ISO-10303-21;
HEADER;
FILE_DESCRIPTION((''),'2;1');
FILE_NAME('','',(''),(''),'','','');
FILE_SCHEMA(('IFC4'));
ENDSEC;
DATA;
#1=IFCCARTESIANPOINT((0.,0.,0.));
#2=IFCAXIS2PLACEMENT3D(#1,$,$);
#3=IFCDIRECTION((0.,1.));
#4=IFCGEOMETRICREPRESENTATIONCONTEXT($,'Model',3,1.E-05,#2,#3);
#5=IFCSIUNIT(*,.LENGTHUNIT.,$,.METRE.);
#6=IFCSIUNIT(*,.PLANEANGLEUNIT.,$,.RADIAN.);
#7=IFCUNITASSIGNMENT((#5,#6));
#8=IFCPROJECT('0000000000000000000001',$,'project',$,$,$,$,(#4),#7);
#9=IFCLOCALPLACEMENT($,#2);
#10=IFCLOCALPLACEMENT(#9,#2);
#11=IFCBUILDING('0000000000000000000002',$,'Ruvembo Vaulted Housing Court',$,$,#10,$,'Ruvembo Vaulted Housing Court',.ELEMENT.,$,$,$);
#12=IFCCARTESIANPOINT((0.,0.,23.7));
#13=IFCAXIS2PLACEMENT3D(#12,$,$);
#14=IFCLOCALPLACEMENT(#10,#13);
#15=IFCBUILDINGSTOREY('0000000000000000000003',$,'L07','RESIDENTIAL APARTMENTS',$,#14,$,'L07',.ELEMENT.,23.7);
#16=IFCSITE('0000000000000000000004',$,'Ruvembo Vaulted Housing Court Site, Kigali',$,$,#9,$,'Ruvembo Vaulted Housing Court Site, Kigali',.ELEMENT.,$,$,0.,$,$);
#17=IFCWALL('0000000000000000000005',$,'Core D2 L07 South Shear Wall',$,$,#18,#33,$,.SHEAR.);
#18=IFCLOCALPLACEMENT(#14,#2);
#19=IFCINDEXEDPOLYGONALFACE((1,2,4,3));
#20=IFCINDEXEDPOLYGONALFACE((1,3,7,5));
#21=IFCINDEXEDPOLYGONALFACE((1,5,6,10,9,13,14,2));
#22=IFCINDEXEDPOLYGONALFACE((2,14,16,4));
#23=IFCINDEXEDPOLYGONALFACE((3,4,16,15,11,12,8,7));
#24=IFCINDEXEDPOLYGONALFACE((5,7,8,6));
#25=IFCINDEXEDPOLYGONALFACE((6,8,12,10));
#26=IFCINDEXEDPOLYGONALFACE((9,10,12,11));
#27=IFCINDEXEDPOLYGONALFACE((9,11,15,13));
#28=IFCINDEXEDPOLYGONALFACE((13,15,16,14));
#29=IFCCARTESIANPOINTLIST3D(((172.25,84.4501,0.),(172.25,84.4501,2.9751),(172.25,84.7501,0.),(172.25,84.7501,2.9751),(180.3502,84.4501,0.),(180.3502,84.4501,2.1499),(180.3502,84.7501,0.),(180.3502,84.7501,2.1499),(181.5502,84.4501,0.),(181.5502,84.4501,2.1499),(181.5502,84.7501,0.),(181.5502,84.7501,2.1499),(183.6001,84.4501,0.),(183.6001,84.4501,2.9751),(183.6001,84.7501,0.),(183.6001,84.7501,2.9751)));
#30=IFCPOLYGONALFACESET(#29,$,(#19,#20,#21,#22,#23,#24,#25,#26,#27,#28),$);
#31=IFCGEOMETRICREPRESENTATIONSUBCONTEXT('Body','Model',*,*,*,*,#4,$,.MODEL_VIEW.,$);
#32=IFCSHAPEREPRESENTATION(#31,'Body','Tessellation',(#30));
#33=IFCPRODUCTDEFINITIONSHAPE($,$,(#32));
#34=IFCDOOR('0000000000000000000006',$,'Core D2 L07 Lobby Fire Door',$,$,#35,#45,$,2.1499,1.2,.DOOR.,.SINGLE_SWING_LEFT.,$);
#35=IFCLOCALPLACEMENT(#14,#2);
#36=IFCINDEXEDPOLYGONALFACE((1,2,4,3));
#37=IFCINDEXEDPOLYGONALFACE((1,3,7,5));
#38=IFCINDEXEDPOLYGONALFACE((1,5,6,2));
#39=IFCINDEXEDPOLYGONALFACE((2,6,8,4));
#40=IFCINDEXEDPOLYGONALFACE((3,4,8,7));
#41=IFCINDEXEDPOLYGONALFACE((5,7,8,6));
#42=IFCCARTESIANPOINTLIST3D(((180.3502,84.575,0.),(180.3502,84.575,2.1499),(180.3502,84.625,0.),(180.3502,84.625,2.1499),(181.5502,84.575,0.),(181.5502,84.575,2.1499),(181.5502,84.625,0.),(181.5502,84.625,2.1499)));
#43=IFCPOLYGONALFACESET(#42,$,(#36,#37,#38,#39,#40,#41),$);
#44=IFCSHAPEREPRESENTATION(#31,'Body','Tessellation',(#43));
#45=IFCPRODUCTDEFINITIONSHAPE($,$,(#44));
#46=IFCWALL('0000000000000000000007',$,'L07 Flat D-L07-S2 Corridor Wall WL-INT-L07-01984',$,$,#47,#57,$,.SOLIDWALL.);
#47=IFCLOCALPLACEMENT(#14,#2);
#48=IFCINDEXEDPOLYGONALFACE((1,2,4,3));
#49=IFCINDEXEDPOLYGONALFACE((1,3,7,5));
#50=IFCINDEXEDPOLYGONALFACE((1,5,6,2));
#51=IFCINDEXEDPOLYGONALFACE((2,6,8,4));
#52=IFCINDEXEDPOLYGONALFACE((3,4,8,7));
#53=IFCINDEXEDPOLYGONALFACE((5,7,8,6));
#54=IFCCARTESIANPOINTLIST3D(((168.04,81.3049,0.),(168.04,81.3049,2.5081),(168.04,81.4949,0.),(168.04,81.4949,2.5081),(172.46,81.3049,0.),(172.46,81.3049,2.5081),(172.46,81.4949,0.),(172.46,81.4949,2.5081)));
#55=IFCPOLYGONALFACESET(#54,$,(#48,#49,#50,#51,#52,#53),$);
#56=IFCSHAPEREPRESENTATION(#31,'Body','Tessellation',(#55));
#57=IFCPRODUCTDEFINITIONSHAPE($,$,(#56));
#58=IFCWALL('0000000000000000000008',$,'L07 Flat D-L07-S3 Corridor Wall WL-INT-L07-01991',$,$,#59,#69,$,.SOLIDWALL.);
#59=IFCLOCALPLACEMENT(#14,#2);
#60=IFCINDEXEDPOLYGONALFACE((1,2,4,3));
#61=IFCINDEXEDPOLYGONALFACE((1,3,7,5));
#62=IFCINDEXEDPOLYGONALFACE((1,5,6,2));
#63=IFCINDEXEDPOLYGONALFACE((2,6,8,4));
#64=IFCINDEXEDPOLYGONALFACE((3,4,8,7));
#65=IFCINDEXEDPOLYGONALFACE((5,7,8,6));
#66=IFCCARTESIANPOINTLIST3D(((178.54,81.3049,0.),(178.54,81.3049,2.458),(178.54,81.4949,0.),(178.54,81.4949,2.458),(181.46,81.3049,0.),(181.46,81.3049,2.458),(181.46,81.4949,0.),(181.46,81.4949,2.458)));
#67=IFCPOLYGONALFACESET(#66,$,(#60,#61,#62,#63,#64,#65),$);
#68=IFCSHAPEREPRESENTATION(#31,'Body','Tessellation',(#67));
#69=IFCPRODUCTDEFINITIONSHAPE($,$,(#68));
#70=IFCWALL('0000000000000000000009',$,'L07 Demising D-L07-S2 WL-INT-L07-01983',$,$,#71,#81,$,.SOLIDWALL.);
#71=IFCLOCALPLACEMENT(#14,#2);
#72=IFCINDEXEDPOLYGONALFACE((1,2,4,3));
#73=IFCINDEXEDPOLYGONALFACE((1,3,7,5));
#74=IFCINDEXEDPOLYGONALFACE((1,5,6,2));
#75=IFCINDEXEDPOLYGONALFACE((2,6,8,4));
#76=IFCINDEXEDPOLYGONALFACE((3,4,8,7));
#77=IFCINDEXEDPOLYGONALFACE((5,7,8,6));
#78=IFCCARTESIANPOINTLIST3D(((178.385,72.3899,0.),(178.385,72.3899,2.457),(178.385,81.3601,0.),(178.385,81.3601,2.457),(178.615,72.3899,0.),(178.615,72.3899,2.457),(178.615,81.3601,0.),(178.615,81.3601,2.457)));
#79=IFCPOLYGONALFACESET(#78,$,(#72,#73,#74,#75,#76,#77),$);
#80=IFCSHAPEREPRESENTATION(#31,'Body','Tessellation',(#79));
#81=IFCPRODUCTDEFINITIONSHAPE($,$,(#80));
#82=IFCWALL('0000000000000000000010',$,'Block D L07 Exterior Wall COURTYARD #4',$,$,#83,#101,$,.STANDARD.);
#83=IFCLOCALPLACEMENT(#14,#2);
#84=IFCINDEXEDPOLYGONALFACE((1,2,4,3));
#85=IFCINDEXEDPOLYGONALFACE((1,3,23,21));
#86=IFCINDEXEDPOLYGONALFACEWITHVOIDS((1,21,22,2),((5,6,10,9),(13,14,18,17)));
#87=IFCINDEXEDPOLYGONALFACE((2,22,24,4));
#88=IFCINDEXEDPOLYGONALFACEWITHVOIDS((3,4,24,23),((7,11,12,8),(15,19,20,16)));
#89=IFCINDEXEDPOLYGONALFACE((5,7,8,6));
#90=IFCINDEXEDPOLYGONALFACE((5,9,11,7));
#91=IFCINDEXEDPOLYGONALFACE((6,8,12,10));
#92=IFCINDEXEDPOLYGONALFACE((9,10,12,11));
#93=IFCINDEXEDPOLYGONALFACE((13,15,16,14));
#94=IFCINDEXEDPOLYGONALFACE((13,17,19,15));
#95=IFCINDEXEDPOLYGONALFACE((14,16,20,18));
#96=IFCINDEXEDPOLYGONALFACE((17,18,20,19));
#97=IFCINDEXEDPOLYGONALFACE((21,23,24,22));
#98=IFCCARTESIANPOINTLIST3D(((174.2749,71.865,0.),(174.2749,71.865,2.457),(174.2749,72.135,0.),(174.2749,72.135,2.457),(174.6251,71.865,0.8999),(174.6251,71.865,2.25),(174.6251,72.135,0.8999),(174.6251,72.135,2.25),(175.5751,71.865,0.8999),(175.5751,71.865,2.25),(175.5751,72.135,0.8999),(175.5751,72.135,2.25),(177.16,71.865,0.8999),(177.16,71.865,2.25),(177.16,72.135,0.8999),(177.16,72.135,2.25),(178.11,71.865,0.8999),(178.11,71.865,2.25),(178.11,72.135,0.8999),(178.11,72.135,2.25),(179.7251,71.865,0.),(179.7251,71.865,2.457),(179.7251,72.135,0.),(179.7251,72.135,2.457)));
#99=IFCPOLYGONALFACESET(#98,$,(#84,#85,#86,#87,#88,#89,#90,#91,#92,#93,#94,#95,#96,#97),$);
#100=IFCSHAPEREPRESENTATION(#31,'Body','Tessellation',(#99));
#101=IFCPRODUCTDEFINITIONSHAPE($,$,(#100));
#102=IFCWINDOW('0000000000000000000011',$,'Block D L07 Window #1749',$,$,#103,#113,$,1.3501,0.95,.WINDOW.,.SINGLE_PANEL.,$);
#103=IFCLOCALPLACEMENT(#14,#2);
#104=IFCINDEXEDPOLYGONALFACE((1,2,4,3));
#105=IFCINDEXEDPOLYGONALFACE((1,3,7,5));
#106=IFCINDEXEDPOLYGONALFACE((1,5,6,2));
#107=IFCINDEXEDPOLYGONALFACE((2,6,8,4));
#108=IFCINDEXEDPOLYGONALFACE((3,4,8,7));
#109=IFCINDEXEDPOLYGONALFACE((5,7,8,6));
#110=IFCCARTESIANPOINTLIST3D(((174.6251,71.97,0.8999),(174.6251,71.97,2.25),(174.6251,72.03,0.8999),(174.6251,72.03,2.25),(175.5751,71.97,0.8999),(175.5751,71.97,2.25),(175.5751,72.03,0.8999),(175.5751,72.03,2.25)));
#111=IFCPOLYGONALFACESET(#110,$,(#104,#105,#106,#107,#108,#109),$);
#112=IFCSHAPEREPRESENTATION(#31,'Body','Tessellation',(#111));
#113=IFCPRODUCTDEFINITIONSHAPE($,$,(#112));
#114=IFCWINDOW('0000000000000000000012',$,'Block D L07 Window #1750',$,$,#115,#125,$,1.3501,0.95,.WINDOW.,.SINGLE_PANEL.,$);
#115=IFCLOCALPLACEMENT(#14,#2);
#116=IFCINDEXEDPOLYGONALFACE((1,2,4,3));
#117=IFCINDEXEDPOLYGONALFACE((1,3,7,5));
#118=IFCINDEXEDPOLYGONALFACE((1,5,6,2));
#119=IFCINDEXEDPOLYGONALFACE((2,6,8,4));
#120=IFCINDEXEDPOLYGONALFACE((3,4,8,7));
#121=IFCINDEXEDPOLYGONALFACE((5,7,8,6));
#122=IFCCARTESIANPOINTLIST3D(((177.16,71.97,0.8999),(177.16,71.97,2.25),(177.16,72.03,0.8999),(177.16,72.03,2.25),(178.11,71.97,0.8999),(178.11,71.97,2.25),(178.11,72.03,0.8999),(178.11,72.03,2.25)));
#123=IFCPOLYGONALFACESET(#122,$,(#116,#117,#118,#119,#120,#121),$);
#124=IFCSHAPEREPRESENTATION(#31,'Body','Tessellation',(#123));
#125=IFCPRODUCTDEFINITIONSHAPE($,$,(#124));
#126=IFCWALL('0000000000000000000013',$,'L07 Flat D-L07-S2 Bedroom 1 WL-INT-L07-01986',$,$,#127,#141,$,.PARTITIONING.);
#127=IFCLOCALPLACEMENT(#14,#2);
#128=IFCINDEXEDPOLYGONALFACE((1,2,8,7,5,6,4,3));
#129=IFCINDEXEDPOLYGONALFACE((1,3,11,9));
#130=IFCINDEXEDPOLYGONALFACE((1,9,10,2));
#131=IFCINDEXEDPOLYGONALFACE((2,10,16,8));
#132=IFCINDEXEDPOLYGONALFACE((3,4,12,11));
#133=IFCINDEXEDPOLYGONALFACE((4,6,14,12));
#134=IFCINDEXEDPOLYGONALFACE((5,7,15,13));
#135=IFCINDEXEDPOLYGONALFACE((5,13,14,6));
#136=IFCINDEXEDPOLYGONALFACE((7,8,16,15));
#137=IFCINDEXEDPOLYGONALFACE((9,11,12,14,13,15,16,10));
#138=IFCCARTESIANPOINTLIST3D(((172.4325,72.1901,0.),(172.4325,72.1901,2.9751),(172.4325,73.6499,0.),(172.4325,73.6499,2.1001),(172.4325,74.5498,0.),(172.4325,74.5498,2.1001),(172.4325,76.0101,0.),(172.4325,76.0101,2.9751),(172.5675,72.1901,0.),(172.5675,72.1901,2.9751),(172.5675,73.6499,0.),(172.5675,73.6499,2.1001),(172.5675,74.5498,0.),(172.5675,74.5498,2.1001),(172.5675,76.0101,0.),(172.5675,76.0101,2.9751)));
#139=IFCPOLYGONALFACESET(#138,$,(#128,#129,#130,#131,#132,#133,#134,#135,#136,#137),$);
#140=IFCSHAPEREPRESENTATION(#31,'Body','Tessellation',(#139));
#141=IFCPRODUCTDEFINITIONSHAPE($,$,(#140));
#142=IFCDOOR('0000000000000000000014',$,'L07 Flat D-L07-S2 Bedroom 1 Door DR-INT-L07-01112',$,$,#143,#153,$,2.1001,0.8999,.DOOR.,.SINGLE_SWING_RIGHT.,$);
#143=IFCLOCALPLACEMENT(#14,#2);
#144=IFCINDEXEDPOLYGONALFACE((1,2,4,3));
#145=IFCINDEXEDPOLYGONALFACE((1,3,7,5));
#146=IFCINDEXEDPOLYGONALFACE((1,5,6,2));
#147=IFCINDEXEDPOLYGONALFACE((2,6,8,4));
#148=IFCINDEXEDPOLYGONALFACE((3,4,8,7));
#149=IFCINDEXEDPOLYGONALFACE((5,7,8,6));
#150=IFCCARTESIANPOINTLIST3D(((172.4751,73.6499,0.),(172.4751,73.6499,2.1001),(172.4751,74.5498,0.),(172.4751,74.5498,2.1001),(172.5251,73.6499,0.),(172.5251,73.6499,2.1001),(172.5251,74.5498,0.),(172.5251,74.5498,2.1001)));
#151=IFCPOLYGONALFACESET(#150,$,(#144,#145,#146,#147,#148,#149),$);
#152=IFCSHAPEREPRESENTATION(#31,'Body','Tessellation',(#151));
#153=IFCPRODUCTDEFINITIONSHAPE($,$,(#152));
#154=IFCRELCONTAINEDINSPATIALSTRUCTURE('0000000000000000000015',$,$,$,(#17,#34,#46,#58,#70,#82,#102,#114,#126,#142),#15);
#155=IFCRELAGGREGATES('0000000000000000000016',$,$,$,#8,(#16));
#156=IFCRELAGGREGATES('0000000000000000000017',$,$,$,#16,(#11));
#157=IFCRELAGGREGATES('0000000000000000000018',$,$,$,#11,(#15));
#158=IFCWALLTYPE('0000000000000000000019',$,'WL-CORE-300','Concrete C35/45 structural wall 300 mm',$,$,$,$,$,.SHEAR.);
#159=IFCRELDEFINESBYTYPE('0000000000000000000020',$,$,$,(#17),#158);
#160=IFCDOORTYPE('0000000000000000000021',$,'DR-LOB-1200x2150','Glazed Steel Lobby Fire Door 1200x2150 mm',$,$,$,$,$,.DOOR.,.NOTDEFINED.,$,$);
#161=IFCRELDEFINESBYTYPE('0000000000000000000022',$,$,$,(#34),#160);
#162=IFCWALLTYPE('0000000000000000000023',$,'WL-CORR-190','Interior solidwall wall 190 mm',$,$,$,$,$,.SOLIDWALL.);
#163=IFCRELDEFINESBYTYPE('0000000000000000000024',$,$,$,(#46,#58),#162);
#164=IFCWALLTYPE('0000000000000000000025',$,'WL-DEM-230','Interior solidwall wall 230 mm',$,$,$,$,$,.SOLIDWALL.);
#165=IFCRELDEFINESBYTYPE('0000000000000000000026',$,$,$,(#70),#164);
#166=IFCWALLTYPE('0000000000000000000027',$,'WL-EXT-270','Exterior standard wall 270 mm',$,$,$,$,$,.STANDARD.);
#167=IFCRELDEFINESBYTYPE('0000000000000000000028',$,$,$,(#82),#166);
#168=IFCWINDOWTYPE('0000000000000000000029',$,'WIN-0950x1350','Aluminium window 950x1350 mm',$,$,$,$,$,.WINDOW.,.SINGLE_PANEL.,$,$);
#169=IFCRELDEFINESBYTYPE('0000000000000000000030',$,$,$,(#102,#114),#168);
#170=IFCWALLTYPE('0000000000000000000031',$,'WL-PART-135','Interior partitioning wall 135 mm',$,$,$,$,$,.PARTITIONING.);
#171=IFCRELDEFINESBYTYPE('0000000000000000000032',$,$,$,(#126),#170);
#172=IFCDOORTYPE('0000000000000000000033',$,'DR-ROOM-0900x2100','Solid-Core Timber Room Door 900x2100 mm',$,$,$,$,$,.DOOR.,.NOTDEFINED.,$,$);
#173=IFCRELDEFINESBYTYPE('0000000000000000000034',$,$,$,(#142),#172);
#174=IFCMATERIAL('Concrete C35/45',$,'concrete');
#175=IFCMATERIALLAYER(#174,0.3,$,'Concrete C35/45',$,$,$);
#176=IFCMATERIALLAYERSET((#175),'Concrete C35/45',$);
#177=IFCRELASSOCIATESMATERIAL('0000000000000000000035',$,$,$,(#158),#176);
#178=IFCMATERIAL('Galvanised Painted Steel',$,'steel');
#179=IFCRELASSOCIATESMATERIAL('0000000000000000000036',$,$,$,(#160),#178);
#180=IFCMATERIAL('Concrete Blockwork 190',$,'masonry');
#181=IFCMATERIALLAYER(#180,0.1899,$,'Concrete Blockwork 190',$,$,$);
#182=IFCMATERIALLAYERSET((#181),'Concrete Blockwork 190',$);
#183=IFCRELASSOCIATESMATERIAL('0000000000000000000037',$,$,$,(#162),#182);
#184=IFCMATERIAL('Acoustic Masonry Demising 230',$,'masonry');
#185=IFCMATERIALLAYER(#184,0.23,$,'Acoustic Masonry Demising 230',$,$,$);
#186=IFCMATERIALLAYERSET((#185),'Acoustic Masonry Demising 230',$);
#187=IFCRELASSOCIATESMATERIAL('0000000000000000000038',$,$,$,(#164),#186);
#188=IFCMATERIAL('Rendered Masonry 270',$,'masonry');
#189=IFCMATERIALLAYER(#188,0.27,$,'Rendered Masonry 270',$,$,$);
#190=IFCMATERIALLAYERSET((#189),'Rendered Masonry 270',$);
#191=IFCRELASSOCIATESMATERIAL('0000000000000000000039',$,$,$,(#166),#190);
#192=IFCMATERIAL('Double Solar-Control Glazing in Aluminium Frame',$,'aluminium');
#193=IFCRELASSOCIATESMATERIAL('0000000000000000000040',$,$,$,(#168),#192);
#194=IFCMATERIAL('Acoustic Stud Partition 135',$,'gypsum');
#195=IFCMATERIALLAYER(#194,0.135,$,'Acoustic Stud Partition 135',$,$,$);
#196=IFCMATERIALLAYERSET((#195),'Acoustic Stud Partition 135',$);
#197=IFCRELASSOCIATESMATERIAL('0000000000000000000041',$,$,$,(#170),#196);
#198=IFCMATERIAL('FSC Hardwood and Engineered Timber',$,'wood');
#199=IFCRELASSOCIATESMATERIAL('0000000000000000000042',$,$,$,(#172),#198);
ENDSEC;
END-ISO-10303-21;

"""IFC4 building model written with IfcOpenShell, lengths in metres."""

from ifc_helpers import new_model, si_unit, direction, frame, frame_2d, origin, place, context, subcontext, project, spatial, rectangle, extrude, material, layer, layer_set, type_object, element, fill, save


model = new_model("IFC4")

# Units and contexts
model_context = context("Model", 3, precision=1e-05, world=origin(), true_north=direction((0.0, 1.0)))
body_context = subcontext(model_context, "Body", "Model", "MODEL_VIEW")
ifc_project = project(units=[si_unit("LENGTHUNIT", "METRE"), si_unit("PLANEANGLEUNIT", "RADIAN")], contexts=[model_context])

# Site, building, storey
site_placement = place(None, origin())
site = spatial("IfcSite", under=ifc_project, at=site_placement, Name="Ruvembo Vaulted Housing Court Site, Kigali", LongName="Ruvembo Vaulted Housing Court Site, Kigali", CompositionType="ELEMENT", RefElevation=0.0)
building_placement = place(site_placement, origin())
building = spatial("IfcBuilding", under=site, at=building_placement, Name="Ruvembo Vaulted Housing Court", LongName="Ruvembo Vaulted Housing Court", CompositionType="ELEMENT")
storey_placement = place(building_placement, frame((0.0, 0.0, 23.7)))
storey = spatial("IfcBuildingStorey", under=building, at=storey_placement, Name="L07", Description="RESIDENTIAL APARTMENTS", LongName="L07", CompositionType="ELEMENT", Elevation=23.7)

# Shared definitions
ifc_material_1 = material(Name="Concrete C35/45", Category="concrete")

# Shared definitions
ifc_layer_1 = layer(ifc_material_1, 0.3, Name="Concrete C35/45")
ifc_layer_set_1 = layer_set([ifc_layer_1], Name="Concrete C35/45")
wall_type_1 = type_object("IfcWallType", Name="WL-CORE-300", Description="Concrete C35/45 structural wall 300 mm", PredefinedType="SHEAR", material=ifc_layer_set_1)

# Wall, opening, door
wall_1_placement = place(storey_placement, frame((172.25, 84.6001, 0.0), z_axis=(0.0, 0.0, 1.0), x_axis=(1.0, 0.0, 0.0)))
wall_1 = element("IfcWall", 1, at=wall_1_placement, inside=storey, type_object=wall_type_1, Name="Core D2 L07 South Shear Wall", PredefinedType="SHEAR", context=body_context, shape_type="SweptSolid", body=[
    extrude(rectangle(XDim=11.3501, YDim=0.3, at=frame_2d((5.675, 0.0))), origin(), (0.0, 0.0, 1.0), 2.9751),
])
opening_1_placement = place(wall_1_placement, frame((8.1001, 0.0, 0.0)))
opening_1 = element("IfcOpeningElement", 2, at=opening_1_placement, cuts=wall_1, PredefinedType="OPENING", context=body_context, shape_type="SweptSolid", body=[
    extrude(rectangle(XDim=1.2, YDim=2.1499, at=frame_2d((0.6001, 1.075))), frame((0.0, 0.1599, 0.0), z_axis=(0.0, -1.0, 0.0), x_axis=(1.0, 0.0, 0.0)), (0.0, 0.0, 1.0), 0.3201),
])
ifc_material_2 = material(Name="Galvanised Painted Steel", Category="steel")
door_type_1 = type_object("IfcDoorType", Name="DR-LOB-1200x2150", Description="Glazed Steel Lobby Fire Door 1200x2150 mm", OperationType="NOTDEFINED", PredefinedType="DOOR", material=ifc_material_2)
door_1_placement = place(opening_1_placement, origin())
door_1 = element("IfcDoor", 3, at=door_1_placement, inside=storey, type_object=door_type_1, Name="Core D2 L07 Lobby Fire Door", OperationType="SINGLE_SWING_LEFT", OverallHeight=2.1499, OverallWidth=1.2, PredefinedType="DOOR", context=body_context, shape_type="SweptSolid", body=[
    extrude(rectangle(XDim=1.2, YDim=2.1499, at=frame_2d((0.6001, 1.075))), frame((0.0, 0.0249, 0.0), z_axis=(0.0, -1.0, 0.0), x_axis=(1.0, 0.0, 0.0)), (0.0, 0.0, 1.0), 0.05),
])
fill(opening_1, door_1)

# Wall
ifc_material_3 = material(Name="Concrete Blockwork 190", Category="masonry")
ifc_layer_2 = layer(ifc_material_3, 0.1899, Name="Concrete Blockwork 190")
ifc_layer_set_2 = layer_set([ifc_layer_2], Name="Concrete Blockwork 190")
wall_type_2 = type_object("IfcWallType", Name="WL-CORR-190", Description="Interior solidwall wall 190 mm", PredefinedType="SOLIDWALL", material=ifc_layer_set_2)
wall_2_placement = place(storey_placement, frame((168.04, 81.3999, 0.0), z_axis=(0.0, 0.0, 1.0), x_axis=(1.0, 0.0, 0.0)))
element("IfcWall", 4, at=wall_2_placement, inside=storey, type_object=wall_type_2, Name="L07 Flat D-L07-S2 Corridor Wall WL-INT-L07-01984", PredefinedType="SOLIDWALL", context=body_context, shape_type="SweptSolid", body=[
    extrude(rectangle(XDim=4.4199, YDim=0.1899, at=frame_2d((2.21, 0.0))), origin(), (0.0, 0.0, 1.0), 2.5081),
])

# Shared definitions
ifc_material_4 = material(Name="FSC Hardwood and Engineered Timber", Category="wood")

# Walls
wall_3_placement = place(storey_placement, frame((178.54, 81.3999, 0.0), z_axis=(0.0, 0.0, 1.0), x_axis=(1.0, 0.0, 0.0)))
element("IfcWall", 5, at=wall_3_placement, inside=storey, type_object=wall_type_2, Name="L07 Flat D-L07-S3 Corridor Wall WL-INT-L07-01991", PredefinedType="SOLIDWALL", context=body_context, shape_type="SweptSolid", body=[
    extrude(rectangle(XDim=2.9199, YDim=0.1899, at=frame_2d((1.46, 0.0))), origin(), (0.0, 0.0, 1.0), 2.458),
])
ifc_material_5 = material(Name="Acoustic Masonry Demising 230", Category="masonry")
ifc_layer_3 = layer(ifc_material_5, 0.23, Name="Acoustic Masonry Demising 230")
ifc_layer_set_3 = layer_set([ifc_layer_3], Name="Acoustic Masonry Demising 230")
wall_type_3 = type_object("IfcWallType", Name="WL-DEM-230", Description="Interior solidwall wall 230 mm", PredefinedType="SOLIDWALL", material=ifc_layer_set_3)
wall_4_placement = place(storey_placement, frame((178.5, 72.3899, 0.0), z_axis=(0.0, 0.0, 1.0), x_axis=(0.0, 1.0, 0.0)))
element("IfcWall", 6, at=wall_4_placement, inside=storey, type_object=wall_type_3, Name="L07 Demising D-L07-S2 WL-INT-L07-01983", PredefinedType="SOLIDWALL", context=body_context, shape_type="SweptSolid", body=[
    extrude(rectangle(XDim=8.9702, YDim=0.23, at=frame_2d((4.4851, 0.0))), origin(), (0.0, 0.0, 1.0), 2.457),
])

# Wall, openings, windows
ifc_material_6 = material(Name="Rendered Masonry 270", Category="masonry")
ifc_layer_4 = layer(ifc_material_6, 0.27, Name="Rendered Masonry 270")
ifc_layer_set_4 = layer_set([ifc_layer_4], Name="Rendered Masonry 270")
wall_type_4 = type_object("IfcWallType", Name="WL-EXT-270", Description="Exterior standard wall 270 mm", PredefinedType="STANDARD", material=ifc_layer_set_4)
wall_5_placement = place(storey_placement, frame((174.2749, 72.0, 0.0), z_axis=(0.0, 0.0, 1.0), x_axis=(1.0, 0.0, 0.0)))
wall_5 = element("IfcWall", 7, at=wall_5_placement, inside=storey, type_object=wall_type_4, Name="Block D L07 Exterior Wall COURTYARD #4", PredefinedType="STANDARD", context=body_context, shape_type="SweptSolid", body=[
    extrude(rectangle(XDim=5.4502, YDim=0.27, at=frame_2d((2.7251, 0.0))), origin(), (0.0, 0.0, 1.0), 2.457),
])
opening_2_placement = place(wall_5_placement, frame((0.3501, 0.0, 0.8999)))
opening_2 = element("IfcOpeningElement", 8, at=opening_2_placement, cuts=wall_5, PredefinedType="OPENING", context=body_context, shape_type="SweptSolid", body=[
    extrude(rectangle(XDim=0.95, YDim=1.3501, at=frame_2d((0.4751, 0.675))), frame((0.0, 0.145, 0.0), z_axis=(0.0, -1.0, 0.0), x_axis=(1.0, 0.0, 0.0)), (0.0, 0.0, 1.0), 0.29),
])
opening_3_placement = place(wall_5_placement, frame((2.885, 0.0, 0.8999)))
opening_3 = element("IfcOpeningElement", 9, at=opening_3_placement, cuts=wall_5, PredefinedType="OPENING", context=body_context, shape_type="SweptSolid", body=[
    extrude(rectangle(XDim=0.95, YDim=1.3501, at=frame_2d((0.4751, 0.675))), frame((0.0, 0.145, 0.0), z_axis=(0.0, -1.0, 0.0), x_axis=(1.0, 0.0, 0.0)), (0.0, 0.0, 1.0), 0.29),
])
ifc_material_7 = material(Name="Double Solar-Control Glazing in Aluminium Frame", Category="aluminium")
window_type = type_object("IfcWindowType", Name="WIN-0950x1350", Description="Aluminium window 950x1350 mm", PartitioningType="SINGLE_PANEL", PredefinedType="WINDOW", material=ifc_material_7)
window_1_placement = place(opening_2_placement, origin())
window_1 = element("IfcWindow", 10, at=window_1_placement, inside=storey, type_object=window_type, Name="Block D L07 Window #1749", OverallHeight=1.3501, OverallWidth=0.95, PartitioningType="SINGLE_PANEL", PredefinedType="WINDOW", context=body_context, shape_type="SweptSolid", body=[
    extrude(rectangle(XDim=0.95, YDim=1.3501, at=frame_2d((0.4751, 0.675))), frame((0.0, 0.03, 0.0), z_axis=(0.0, -1.0, 0.0), x_axis=(1.0, 0.0, 0.0)), (0.0, 0.0, 1.0), 0.0601),
])
fill(opening_2, window_1)
window_2_placement = place(opening_3_placement, origin())
window_2 = element("IfcWindow", 11, at=window_2_placement, inside=storey, type_object=window_type, Name="Block D L07 Window #1750", OverallHeight=1.3501, OverallWidth=0.95, PartitioningType="SINGLE_PANEL", PredefinedType="WINDOW", context=body_context, shape_type="SweptSolid", body=[
    extrude(rectangle(XDim=0.95, YDim=1.3501, at=frame_2d((0.4751, 0.675))), frame((0.0, 0.03, 0.0), z_axis=(0.0, -1.0, 0.0), x_axis=(1.0, 0.0, 0.0)), (0.0, 0.0, 1.0), 0.0601),
])
fill(opening_3, window_2)

# Wall, opening, door
ifc_material_8 = material(Name="Acoustic Stud Partition 135", Category="gypsum")
ifc_layer_5 = layer(ifc_material_8, 0.135, Name="Acoustic Stud Partition 135")
ifc_layer_set_5 = layer_set([ifc_layer_5], Name="Acoustic Stud Partition 135")
wall_type_5 = type_object("IfcWallType", Name="WL-PART-135", Description="Interior partitioning wall 135 mm", PredefinedType="PARTITIONING", material=ifc_layer_set_5)
wall_6_placement = place(storey_placement, frame((172.5, 72.1899, 0.0), z_axis=(0.0, 0.0, 1.0), x_axis=(0.0, 1.0, 0.0)))
wall_6 = element("IfcWall", 12, at=wall_6_placement, inside=storey, type_object=wall_type_5, Name="L07 Flat D-L07-S2 Bedroom 1 WL-INT-L07-01986", PredefinedType="PARTITIONING", context=body_context, shape_type="SweptSolid", body=[
    extrude(rectangle(XDim=3.8201, YDim=0.135, at=frame_2d((1.9102, 0.0))), origin(), (0.0, 0.0, 1.0), 2.9751),
])
opening_4_placement = place(wall_6_placement, frame((1.46, 0.0, 0.0)))
opening_4 = element("IfcOpeningElement", 13, at=opening_4_placement, cuts=wall_6, PredefinedType="OPENING", context=body_context, shape_type="SweptSolid", body=[
    extrude(rectangle(XDim=0.8999, YDim=2.1001, at=frame_2d((0.45, 1.05))), frame((0.0, 0.0774, 0.0), z_axis=(0.0, -1.0, 0.0), x_axis=(1.0, 0.0, 0.0)), (0.0, 0.0, 1.0), 0.155),
])
door_type_2 = type_object("IfcDoorType", Name="DR-ROOM-0900x2100", Description="Solid-Core Timber Room Door 900x2100 mm", OperationType="NOTDEFINED", PredefinedType="DOOR", material=ifc_material_4)
door_2_placement = place(opening_4_placement, origin())
door_2 = element("IfcDoor", 14, at=door_2_placement, inside=storey, type_object=door_type_2, Name="L07 Flat D-L07-S2 Bedroom 1 Door DR-INT-L07-01112", OperationType="SINGLE_SWING_RIGHT", OverallHeight=2.1001, OverallWidth=0.8999, PredefinedType="DOOR", context=body_context, shape_type="SweptSolid", body=[
    extrude(rectangle(XDim=0.8999, YDim=2.1001, at=frame_2d((0.45, 1.05))), frame((0.0, 0.0249, 0.0), z_axis=(0.0, -1.0, 0.0), x_axis=(1.0, 0.0, 0.0)), (0.0, 0.0, 1.0), 0.05),
])
fill(opening_4, door_2)

save(model, "model.ifc")
